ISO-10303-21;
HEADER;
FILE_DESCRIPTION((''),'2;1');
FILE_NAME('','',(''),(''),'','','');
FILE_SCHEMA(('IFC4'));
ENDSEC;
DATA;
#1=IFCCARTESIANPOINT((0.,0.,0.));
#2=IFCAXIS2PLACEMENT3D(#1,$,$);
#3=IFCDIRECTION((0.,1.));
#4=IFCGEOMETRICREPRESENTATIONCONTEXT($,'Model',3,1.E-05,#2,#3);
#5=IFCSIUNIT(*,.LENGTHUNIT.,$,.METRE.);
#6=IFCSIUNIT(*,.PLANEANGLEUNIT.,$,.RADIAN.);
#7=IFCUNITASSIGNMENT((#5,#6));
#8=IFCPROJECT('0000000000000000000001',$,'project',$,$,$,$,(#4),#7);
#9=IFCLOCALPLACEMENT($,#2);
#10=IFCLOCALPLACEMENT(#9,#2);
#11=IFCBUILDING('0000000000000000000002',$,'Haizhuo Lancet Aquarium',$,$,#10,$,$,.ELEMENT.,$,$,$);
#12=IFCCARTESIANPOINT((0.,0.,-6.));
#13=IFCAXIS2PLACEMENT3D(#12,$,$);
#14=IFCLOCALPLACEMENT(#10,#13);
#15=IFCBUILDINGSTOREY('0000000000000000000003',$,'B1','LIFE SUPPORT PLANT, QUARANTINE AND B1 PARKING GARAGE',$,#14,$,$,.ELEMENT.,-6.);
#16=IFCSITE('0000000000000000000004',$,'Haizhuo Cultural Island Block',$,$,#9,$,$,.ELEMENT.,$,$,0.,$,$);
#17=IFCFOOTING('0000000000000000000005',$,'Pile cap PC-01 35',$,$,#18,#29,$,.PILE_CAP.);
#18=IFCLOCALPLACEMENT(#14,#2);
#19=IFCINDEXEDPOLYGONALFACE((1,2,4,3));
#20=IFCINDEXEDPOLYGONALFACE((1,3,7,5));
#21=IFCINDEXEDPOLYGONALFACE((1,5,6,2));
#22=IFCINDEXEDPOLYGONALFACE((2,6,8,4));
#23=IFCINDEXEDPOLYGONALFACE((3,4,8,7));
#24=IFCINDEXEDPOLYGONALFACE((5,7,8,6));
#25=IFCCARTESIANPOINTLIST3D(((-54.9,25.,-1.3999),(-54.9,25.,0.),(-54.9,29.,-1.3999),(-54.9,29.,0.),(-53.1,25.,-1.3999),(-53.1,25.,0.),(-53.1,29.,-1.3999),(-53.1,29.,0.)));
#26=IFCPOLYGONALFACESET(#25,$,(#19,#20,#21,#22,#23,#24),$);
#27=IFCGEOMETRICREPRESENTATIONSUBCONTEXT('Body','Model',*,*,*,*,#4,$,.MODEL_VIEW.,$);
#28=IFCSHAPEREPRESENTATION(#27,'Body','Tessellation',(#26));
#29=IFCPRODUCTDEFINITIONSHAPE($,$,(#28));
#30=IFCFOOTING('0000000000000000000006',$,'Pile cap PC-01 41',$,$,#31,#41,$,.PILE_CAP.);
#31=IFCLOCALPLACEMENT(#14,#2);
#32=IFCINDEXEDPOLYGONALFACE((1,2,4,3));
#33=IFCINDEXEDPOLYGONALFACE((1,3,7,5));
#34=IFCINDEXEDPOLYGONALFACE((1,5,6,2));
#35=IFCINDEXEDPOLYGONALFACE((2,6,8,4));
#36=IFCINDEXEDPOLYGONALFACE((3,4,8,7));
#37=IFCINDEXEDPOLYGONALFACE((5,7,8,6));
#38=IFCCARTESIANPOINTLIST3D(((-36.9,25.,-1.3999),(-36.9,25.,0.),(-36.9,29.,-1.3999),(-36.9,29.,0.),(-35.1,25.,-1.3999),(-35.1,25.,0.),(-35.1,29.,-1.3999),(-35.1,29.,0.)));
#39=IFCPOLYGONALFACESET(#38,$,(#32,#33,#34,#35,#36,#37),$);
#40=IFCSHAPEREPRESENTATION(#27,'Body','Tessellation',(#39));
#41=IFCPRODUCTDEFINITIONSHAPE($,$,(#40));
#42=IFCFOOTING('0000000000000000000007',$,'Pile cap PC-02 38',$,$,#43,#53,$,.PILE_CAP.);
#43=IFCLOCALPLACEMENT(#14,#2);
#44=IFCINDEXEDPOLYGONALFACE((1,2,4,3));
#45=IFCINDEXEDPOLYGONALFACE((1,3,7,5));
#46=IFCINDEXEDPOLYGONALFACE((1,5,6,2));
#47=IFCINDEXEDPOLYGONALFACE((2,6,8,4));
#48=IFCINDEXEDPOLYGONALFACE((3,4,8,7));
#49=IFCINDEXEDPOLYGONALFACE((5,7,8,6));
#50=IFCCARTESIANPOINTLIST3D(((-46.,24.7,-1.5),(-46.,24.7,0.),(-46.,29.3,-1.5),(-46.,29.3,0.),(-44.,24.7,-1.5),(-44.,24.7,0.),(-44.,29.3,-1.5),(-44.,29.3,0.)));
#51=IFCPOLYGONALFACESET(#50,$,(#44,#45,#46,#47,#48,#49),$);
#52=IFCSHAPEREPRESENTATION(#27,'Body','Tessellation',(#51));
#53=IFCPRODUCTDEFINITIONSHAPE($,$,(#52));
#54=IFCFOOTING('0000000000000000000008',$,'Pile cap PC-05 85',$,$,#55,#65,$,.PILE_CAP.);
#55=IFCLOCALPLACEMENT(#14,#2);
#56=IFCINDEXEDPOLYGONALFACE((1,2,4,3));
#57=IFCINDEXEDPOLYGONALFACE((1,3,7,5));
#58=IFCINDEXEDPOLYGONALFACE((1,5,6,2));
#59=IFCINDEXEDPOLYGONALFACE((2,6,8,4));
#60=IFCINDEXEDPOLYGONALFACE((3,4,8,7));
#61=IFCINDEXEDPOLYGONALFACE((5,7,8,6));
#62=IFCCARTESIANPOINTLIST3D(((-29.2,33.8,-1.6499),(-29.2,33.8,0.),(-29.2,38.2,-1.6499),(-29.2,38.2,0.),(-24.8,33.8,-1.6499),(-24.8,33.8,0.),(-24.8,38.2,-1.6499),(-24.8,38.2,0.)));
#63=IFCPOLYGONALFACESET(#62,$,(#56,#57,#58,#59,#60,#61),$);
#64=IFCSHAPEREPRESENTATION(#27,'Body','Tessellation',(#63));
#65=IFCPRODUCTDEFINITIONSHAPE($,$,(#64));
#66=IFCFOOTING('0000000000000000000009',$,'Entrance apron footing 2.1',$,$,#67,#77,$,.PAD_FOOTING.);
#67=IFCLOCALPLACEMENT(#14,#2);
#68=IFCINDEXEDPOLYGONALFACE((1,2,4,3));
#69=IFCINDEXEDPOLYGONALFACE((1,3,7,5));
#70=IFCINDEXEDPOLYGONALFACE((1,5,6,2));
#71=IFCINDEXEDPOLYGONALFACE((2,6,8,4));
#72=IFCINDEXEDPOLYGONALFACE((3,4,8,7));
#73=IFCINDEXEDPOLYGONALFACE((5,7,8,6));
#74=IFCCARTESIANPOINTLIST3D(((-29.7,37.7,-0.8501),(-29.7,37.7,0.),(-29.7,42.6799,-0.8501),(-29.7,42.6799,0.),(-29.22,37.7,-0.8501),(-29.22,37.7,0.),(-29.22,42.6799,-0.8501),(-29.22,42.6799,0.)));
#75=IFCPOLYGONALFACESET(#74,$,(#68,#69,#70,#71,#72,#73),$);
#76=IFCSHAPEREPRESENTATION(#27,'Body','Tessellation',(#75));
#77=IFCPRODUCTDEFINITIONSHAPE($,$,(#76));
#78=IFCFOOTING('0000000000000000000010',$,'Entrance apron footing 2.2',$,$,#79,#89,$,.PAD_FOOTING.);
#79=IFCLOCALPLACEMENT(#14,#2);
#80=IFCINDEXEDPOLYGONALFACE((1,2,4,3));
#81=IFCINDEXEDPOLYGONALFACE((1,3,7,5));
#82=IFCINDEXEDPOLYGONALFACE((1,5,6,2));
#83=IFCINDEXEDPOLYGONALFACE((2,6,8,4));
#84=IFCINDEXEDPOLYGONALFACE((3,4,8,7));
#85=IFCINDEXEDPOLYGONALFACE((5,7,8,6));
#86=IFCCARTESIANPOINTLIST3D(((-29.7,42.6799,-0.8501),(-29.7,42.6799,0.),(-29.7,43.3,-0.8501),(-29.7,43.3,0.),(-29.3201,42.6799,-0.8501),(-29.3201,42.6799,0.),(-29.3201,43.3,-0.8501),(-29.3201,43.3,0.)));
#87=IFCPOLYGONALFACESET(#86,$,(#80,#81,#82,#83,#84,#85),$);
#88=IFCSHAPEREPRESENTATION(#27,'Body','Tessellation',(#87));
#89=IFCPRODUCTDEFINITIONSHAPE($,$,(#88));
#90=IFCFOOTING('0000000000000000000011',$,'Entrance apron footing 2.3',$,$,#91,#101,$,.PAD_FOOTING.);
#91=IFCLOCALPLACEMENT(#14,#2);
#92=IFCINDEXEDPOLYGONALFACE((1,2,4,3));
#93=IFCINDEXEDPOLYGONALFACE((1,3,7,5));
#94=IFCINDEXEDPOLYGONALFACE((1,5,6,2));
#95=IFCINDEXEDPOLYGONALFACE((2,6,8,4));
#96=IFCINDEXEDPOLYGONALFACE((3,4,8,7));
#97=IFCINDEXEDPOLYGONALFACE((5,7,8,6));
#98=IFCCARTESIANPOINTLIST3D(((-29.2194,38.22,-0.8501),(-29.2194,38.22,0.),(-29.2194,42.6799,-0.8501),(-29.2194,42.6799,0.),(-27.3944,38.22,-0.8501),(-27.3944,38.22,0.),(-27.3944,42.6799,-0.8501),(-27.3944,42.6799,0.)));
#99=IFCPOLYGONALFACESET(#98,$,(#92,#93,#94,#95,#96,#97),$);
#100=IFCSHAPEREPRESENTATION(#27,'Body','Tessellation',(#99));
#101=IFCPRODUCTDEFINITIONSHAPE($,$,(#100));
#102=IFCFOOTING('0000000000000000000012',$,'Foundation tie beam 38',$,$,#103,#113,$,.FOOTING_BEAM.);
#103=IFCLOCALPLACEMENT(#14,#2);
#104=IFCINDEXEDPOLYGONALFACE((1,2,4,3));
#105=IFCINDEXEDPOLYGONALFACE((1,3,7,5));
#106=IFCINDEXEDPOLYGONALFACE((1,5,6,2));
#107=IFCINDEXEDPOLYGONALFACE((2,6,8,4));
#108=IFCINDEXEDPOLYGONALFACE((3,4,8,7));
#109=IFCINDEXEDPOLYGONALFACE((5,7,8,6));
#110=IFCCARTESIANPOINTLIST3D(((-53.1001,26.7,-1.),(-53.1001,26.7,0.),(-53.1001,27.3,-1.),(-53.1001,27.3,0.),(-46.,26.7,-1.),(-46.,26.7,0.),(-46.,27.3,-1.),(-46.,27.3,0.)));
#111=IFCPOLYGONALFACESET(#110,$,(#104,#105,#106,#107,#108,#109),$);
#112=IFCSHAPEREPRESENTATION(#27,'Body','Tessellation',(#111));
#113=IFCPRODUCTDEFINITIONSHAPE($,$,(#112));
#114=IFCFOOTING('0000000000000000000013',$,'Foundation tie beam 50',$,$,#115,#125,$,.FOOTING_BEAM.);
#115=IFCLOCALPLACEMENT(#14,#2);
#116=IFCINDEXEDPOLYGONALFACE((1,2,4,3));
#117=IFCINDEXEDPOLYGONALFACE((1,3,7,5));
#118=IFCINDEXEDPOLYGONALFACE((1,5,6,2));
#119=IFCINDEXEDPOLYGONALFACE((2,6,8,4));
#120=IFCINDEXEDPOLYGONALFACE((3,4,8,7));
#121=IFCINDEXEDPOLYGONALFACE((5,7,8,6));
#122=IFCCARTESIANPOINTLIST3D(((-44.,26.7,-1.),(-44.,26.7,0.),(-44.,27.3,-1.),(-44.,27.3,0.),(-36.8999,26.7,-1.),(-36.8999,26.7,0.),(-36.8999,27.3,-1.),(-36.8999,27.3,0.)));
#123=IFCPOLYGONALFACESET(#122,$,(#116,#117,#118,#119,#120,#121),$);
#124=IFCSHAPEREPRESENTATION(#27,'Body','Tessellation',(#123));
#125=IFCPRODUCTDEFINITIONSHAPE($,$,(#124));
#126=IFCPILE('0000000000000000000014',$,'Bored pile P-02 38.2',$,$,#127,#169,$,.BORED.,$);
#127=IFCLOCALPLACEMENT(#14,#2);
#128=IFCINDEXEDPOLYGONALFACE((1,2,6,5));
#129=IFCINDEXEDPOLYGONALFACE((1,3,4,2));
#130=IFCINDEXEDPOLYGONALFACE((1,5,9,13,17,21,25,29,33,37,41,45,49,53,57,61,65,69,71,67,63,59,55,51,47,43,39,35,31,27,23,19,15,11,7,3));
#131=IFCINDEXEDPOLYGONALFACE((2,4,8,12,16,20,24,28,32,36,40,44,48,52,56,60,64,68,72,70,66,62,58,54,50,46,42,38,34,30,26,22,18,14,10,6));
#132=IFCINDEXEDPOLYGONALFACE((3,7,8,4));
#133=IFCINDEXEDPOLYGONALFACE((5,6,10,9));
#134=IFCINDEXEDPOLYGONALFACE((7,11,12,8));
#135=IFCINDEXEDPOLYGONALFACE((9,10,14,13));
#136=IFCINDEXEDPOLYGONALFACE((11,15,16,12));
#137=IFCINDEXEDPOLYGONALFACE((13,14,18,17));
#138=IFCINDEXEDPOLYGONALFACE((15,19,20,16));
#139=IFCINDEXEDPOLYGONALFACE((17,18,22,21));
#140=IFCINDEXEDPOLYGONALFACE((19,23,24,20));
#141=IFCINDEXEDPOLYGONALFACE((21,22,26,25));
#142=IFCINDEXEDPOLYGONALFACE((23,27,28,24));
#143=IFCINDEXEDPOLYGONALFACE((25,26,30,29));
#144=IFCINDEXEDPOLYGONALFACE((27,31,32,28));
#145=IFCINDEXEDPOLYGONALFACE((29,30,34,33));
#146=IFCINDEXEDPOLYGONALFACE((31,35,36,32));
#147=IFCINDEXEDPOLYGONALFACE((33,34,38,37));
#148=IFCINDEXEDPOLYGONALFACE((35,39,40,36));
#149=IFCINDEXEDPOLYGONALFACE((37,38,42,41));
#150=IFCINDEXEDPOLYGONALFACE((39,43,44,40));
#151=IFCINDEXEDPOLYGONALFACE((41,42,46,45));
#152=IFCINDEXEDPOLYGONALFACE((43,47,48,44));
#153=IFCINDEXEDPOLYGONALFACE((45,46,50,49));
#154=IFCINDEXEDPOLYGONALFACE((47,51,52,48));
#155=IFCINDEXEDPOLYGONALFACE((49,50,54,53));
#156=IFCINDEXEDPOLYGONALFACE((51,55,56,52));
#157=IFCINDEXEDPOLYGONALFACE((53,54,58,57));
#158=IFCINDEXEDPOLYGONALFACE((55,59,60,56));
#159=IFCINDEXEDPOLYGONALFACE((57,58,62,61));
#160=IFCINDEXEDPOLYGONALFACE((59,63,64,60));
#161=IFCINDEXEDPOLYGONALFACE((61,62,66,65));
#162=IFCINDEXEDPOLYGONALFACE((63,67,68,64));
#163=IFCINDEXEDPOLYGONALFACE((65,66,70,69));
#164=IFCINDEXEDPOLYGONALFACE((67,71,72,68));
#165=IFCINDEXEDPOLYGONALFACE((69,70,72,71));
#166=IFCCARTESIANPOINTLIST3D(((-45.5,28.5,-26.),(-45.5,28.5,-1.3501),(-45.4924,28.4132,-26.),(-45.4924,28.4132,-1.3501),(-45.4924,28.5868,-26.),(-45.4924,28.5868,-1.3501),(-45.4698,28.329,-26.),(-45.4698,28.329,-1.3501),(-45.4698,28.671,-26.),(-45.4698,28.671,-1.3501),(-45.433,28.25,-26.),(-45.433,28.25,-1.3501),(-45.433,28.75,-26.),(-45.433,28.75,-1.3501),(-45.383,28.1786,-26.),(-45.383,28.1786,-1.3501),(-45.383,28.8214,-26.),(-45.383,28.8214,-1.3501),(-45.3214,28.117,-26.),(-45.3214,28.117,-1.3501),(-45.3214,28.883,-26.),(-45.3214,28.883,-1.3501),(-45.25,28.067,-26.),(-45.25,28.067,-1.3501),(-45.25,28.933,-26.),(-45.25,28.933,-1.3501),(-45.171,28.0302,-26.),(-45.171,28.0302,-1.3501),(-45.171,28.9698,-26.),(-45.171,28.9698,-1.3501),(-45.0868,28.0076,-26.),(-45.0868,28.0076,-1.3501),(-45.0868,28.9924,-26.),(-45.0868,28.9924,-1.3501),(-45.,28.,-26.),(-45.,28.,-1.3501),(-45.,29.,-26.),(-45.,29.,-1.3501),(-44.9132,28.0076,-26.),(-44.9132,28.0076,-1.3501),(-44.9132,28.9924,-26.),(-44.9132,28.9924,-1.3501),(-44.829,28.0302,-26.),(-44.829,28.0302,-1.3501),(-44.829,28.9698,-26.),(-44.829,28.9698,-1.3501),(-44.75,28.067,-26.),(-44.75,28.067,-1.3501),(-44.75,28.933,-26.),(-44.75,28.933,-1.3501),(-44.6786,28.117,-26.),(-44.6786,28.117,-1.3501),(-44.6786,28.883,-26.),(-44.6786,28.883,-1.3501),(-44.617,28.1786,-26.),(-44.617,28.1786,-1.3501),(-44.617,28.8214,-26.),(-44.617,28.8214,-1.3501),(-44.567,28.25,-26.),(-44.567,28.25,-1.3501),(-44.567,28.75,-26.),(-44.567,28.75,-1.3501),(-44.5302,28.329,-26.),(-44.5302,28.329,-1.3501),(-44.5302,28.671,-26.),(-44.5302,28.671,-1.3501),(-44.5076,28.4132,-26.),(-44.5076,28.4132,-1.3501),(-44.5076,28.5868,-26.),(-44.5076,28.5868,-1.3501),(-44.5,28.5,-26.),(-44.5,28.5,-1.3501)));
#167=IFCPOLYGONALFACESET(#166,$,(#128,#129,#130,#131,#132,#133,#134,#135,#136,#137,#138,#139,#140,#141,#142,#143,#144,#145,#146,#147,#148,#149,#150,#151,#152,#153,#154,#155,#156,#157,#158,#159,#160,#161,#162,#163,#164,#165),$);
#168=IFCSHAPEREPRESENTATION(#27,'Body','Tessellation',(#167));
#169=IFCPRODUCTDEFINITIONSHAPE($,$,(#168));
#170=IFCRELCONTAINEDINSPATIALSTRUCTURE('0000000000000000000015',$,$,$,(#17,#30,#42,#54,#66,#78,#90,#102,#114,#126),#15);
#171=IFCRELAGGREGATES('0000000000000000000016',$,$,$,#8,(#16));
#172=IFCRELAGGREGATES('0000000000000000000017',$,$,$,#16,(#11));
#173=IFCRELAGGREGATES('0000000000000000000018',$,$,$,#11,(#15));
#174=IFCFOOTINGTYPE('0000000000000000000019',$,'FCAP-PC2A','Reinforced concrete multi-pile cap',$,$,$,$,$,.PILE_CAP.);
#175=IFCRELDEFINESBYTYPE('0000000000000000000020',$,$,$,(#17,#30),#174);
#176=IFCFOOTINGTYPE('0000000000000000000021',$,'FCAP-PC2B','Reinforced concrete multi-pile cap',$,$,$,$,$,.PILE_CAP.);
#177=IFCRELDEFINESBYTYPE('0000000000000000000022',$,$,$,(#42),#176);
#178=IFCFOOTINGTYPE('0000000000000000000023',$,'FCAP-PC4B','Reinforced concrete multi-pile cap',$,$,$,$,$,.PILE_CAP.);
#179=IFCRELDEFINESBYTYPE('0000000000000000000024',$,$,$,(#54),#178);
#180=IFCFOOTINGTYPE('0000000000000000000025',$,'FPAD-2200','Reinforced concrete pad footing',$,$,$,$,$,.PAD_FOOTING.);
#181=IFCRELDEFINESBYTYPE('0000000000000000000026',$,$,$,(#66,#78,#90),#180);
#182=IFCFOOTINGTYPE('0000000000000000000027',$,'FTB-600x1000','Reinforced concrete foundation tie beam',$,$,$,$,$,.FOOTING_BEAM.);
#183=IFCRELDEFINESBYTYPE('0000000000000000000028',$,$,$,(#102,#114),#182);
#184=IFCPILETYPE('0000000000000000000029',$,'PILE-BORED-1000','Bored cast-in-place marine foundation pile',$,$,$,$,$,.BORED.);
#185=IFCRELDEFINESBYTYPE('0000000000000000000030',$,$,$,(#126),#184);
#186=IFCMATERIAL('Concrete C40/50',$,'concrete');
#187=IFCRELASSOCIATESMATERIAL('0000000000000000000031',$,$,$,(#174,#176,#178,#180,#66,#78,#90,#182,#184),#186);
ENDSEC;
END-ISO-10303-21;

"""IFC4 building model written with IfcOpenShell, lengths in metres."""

from ifc_helpers import new_model, si_unit, direction, frame, origin, origin_2d, place, context, subcontext, project, spatial, rectangle, circle, extrude, material, material_profile, profile_set, type_object, element, save


model = new_model("IFC4")

# Units and contexts
model_context = context("Model", 3, precision=1e-05, world=origin(), true_north=direction((0.0, 1.0)))
body_context = subcontext(model_context, "Body", "Model", "MODEL_VIEW")
ifc_project = project(units=[si_unit("LENGTHUNIT", "METRE"), si_unit("PLANEANGLEUNIT", "RADIAN")], contexts=[model_context])

# Site, building, storey
site_placement = place(None, origin())
site = spatial("IfcSite", under=ifc_project, at=site_placement, Name="Haizhuo Cultural Island Block", CompositionType="ELEMENT", RefElevation=0.0)
building_placement = place(site_placement, origin())
building = spatial("IfcBuilding", under=site, at=building_placement, Name="Haizhuo Lancet Aquarium", CompositionType="ELEMENT")
storey_placement = place(building_placement, frame((0.0, 0.0, -6.0)))
storey = spatial("IfcBuildingStorey", under=building, at=storey_placement, Name="B1", Description="LIFE SUPPORT PLANT, QUARANTINE AND B1 PARKING GARAGE", CompositionType="ELEMENT", Elevation=-6.0)

# Footings
ifc_material_1 = material(Name="Concrete C40/50", Category="concrete")
footing_type_1 = type_object("IfcFootingType", Name="FCAP-PC2A", Description="Reinforced concrete multi-pile cap", PredefinedType="PILE_CAP", material=ifc_material_1)
for number, where, z_axis, x_axis, name in (
    (1, (-54.0, 27.0, -1.3999), (0.0, 0.0, 1.0), (1.0, 0.0, 0.0), "Pile cap PC-01 35"),
    (2, (-36.0, 27.0, -1.3999), (0.0, 0.0, 1.0), (1.0, 0.0, 0.0), "Pile cap PC-01 41"),
):
    element("IfcFooting", number, at=place(storey_placement, frame(where, z_axis=z_axis, x_axis=x_axis)), inside=storey, type_object=footing_type_1, Name=name, PredefinedType="PILE_CAP", context=body_context, shape_type="SweptSolid", body=[
        extrude(rectangle(XDim=1.8, YDim=4.0, at=origin_2d()), origin(), (0.0, 0.0, 1.0), 1.3999),
    ])
footing_type_2 = type_object("IfcFootingType", Name="FCAP-PC2B", Description="Reinforced concrete multi-pile cap", PredefinedType="PILE_CAP", material=ifc_material_1)
footing_1_placement = place(storey_placement, frame((-45.0, 27.0, -1.5), z_axis=(0.0, 0.0, 1.0), x_axis=(1.0, 0.0, 0.0)))
element("IfcFooting", 3, at=footing_1_placement, inside=storey, type_object=footing_type_2, Name="Pile cap PC-02 38", PredefinedType="PILE_CAP", context=body_context, shape_type="SweptSolid", body=[
    extrude(rectangle(XDim=2.0, YDim=4.6001, at=origin_2d()), origin(), (0.0, 0.0, 1.0), 1.5),
])
footing_type_3 = type_object("IfcFootingType", Name="FCAP-PC4B", Description="Reinforced concrete multi-pile cap", PredefinedType="PILE_CAP", material=ifc_material_1)
footing_2_placement = place(storey_placement, frame((-27.0, 36.0, -1.6499), z_axis=(0.0, 0.0, 1.0), x_axis=(1.0, 0.0, 0.0)))
element("IfcFooting", 4, at=footing_2_placement, inside=storey, type_object=footing_type_3, Name="Pile cap PC-05 85", PredefinedType="PILE_CAP", context=body_context, shape_type="SweptSolid", body=[
    extrude(rectangle(XDim=4.3999, YDim=4.3999, at=origin_2d()), origin(), (0.0, 0.0, 1.0), 1.6499),
])
footing_type_4 = type_object("IfcFootingType", Name="FPAD-2200", Description="Reinforced concrete pad footing", PredefinedType="PAD_FOOTING", material=ifc_material_1)
footing_3_placement = place(storey_placement, frame((-29.46, 40.1899, -0.8501), z_axis=(0.0, 0.0, 1.0), x_axis=(1.0, 0.0, 0.0)))
element("IfcFooting", 5, at=footing_3_placement, inside=storey, type_object=footing_type_4, material=ifc_material_1, Name="Entrance apron footing 2.1", PredefinedType="PAD_FOOTING", context=body_context, shape_type="SweptSolid", body=[
    extrude(rectangle(XDim=0.48, YDim=4.98, at=origin_2d()), origin(), (0.0, 0.0, 1.0), 0.8501),
])
footing_4_placement = place(storey_placement, frame((-29.51, 42.99, -0.8501), z_axis=(0.0, 0.0, 1.0), x_axis=(1.0, 0.0, 0.0)))
element("IfcFooting", 6, at=footing_4_placement, inside=storey, type_object=footing_type_4, material=ifc_material_1, Name="Entrance apron footing 2.2", PredefinedType="PAD_FOOTING", context=body_context, shape_type="SweptSolid", body=[
    extrude(rectangle(XDim=0.3799, YDim=0.6201, at=origin_2d()), origin(), (0.0, 0.0, 1.0), 0.8501),
])
footing_5_placement = place(storey_placement, frame((-28.3069, 40.45, -0.8501), z_axis=(0.0, 0.0, 1.0), x_axis=(1.0, 0.0, 0.0)))
element("IfcFooting", 7, at=footing_5_placement, inside=storey, type_object=footing_type_4, material=ifc_material_1, Name="Entrance apron footing 2.3", PredefinedType="PAD_FOOTING", context=body_context, shape_type="SweptSolid", body=[
    extrude(rectangle(XDim=1.825, YDim=4.46, at=origin_2d()), origin(), (0.0, 0.0, 1.0), 0.8501),
])
footing_type_5 = type_object("IfcFootingType", Name="FTB-600x1000", Description="Reinforced concrete foundation tie beam", PredefinedType="FOOTING_BEAM", material=ifc_material_1)
for number, where, z_axis, x_axis, name in (
    (8, (-49.55, 27.0, -1.0), (0.0, 0.0, 1.0), (1.0, 0.0, 0.0), "Foundation tie beam 38"),
    (9, (-40.45, 27.0, -1.0), (0.0, 0.0, 1.0), (1.0, 0.0, 0.0), "Foundation tie beam 50"),
):
    element("IfcFooting", number, at=place(storey_placement, frame(where, z_axis=z_axis, x_axis=x_axis)), inside=storey, type_object=footing_type_5, Name=name, PredefinedType="FOOTING_BEAM", context=body_context, shape_type="SweptSolid", body=[
        extrude(rectangle(XDim=7.1001, YDim=0.6001, at=origin_2d()), origin(), (0.0, 0.0, 1.0), 1.0),
    ])

# Pile
ifc_material_profile_1 = material_profile(ifc_material_1, circle(Radius=0.5, at=origin_2d()), Name="PILE-1000")
ifc_profile_set_1 = profile_set([ifc_material_profile_1], Name="Concrete C40/50")
pile_type_1 = type_object("IfcPileType", Name="PILE-BORED-1000", Description="Bored cast-in-place marine foundation pile", PredefinedType="BORED", material=ifc_profile_set_1)
pile_placement = place(storey_placement, frame((-45.0, 28.5, -1.3501), z_axis=(0.0, 0.0, -1.0), x_axis=(1.0, 0.0, 0.0)))
element("IfcPile", 10, at=pile_placement, inside=storey, type_object=pile_type_1, Name="Bored pile P-02 38.2", PredefinedType="BORED", context=body_context, shape_type="SweptSolid", body=[
    extrude(circle(Radius=0.5, at=origin_2d()), origin(), (0.0, 0.0, 1.0), 24.6499),
])

save(model, "model.ifc")
